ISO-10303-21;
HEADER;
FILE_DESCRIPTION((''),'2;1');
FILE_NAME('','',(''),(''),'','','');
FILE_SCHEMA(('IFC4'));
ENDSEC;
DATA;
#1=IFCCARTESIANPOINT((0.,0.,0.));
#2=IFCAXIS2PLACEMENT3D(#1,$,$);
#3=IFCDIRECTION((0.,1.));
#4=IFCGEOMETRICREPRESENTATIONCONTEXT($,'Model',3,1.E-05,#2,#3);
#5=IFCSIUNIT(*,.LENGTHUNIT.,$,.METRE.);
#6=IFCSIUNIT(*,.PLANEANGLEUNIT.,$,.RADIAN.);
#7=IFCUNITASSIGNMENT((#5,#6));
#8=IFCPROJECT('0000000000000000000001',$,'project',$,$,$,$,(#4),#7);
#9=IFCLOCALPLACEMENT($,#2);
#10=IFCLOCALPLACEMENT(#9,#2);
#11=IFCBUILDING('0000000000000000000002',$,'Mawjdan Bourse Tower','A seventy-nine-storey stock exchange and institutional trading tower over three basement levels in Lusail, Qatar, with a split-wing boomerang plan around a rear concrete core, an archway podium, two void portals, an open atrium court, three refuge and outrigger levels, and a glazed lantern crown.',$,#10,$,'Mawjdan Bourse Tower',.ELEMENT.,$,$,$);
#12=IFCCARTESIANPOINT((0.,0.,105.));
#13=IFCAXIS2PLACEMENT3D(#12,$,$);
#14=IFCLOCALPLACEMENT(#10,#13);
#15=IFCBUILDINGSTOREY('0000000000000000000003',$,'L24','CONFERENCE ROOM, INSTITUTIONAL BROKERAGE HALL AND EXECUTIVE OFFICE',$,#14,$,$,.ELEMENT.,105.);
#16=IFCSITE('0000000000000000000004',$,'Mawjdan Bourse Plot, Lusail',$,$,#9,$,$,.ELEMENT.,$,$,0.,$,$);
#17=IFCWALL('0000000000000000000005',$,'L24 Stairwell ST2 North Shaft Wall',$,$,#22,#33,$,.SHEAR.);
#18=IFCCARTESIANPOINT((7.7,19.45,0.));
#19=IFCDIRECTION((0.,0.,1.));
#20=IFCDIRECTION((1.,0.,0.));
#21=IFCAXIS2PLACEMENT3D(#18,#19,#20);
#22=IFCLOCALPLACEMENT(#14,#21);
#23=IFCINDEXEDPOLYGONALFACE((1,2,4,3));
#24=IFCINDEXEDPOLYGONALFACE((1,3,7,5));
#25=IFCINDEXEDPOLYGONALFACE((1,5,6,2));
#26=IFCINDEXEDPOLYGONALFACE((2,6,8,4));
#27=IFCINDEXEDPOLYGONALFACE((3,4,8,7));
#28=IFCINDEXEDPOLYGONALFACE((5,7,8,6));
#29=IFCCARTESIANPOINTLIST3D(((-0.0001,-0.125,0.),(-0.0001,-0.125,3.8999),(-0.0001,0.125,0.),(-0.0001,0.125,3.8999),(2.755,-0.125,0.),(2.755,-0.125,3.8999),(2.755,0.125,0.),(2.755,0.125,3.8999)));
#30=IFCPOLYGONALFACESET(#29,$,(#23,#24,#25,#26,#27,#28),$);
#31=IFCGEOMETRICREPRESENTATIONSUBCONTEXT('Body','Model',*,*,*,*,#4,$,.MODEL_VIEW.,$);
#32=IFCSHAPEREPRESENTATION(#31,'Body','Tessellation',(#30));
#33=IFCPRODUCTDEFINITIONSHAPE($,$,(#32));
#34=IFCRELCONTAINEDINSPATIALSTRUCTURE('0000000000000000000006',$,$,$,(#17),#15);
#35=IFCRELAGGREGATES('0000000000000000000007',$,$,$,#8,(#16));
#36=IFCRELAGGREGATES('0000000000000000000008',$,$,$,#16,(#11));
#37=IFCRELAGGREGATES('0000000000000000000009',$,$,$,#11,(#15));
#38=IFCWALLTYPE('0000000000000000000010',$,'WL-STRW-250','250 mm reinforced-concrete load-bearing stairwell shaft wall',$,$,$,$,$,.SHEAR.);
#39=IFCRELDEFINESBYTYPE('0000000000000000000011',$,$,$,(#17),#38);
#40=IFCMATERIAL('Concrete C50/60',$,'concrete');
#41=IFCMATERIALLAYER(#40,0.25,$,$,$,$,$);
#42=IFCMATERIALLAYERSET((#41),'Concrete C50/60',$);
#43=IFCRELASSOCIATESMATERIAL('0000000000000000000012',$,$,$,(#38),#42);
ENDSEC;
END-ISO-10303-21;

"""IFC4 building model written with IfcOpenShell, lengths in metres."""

from ifc_helpers import new_model, si_unit, direction, frame, frame_2d, origin, place, context, subcontext, project, spatial, rectangle, extrude, material, layer, layer_set, type_object, element, save


model = new_model("IFC4")

# Units and contexts
model_context = context("Model", 3, precision=1e-05, world=origin(), true_north=direction((0.0, 1.0)))
body_context = subcontext(model_context, "Body", "Model", "MODEL_VIEW")
ifc_project = project(units=[si_unit("LENGTHUNIT", "METRE"), si_unit("PLANEANGLEUNIT", "RADIAN")], contexts=[model_context])

# Site, building, storey
site_placement = place(None, origin())
site = spatial("IfcSite", under=ifc_project, at=site_placement, Name="Mawjdan Bourse Plot, Lusail", CompositionType="ELEMENT", RefElevation=0.0)
building_placement = place(site_placement, origin())
building = spatial("IfcBuilding", under=site, at=building_placement, Name="Mawjdan Bourse Tower", Description="A seventy-nine-storey stock exchange and institutional trading tower over three basement levels in Lusail, Qatar, with a split-wing boomerang plan around a rear concrete core, an archway podium, two void portals, an open atrium court, three refuge and outrigger levels, and a glazed lantern crown.", LongName="Mawjdan Bourse Tower", CompositionType="ELEMENT")
storey_placement = place(building_placement, frame((0.0, 0.0, 105.0)))
storey = spatial("IfcBuildingStorey", under=building, at=storey_placement, Name="L24", Description="CONFERENCE ROOM, INSTITUTIONAL BROKERAGE HALL AND EXECUTIVE OFFICE", CompositionType="ELEMENT", Elevation=105.0)

# Wall
ifc_material_1 = material(Name="Concrete C50/60", Category="concrete")
ifc_layer_1 = layer(ifc_material_1, 0.25)
ifc_layer_set_1 = layer_set([ifc_layer_1], Name="Concrete C50/60")
wall_type_1 = type_object("IfcWallType", Name="WL-STRW-250", Description="250 mm reinforced-concrete load-bearing stairwell shaft wall", PredefinedType="SHEAR", material=ifc_layer_set_1)
wall_1_placement = place(storey_placement, frame((7.7, 19.45, 0.0), z_axis=(0.0, 0.0, 1.0), x_axis=(1.0, 0.0, 0.0)))
element("IfcWall", 1, at=wall_1_placement, inside=storey, type_object=wall_type_1, Name="L24 Stairwell ST2 North Shaft Wall", PredefinedType="SHEAR", context=body_context, shape_type="SweptSolid", body=[
    extrude(rectangle(XDim=2.7551, YDim=0.25, at=frame_2d((1.3774, 0.0))), origin(), (0.0, 0.0, 1.0), 3.8999),
])

save(model, "model.ifc")
